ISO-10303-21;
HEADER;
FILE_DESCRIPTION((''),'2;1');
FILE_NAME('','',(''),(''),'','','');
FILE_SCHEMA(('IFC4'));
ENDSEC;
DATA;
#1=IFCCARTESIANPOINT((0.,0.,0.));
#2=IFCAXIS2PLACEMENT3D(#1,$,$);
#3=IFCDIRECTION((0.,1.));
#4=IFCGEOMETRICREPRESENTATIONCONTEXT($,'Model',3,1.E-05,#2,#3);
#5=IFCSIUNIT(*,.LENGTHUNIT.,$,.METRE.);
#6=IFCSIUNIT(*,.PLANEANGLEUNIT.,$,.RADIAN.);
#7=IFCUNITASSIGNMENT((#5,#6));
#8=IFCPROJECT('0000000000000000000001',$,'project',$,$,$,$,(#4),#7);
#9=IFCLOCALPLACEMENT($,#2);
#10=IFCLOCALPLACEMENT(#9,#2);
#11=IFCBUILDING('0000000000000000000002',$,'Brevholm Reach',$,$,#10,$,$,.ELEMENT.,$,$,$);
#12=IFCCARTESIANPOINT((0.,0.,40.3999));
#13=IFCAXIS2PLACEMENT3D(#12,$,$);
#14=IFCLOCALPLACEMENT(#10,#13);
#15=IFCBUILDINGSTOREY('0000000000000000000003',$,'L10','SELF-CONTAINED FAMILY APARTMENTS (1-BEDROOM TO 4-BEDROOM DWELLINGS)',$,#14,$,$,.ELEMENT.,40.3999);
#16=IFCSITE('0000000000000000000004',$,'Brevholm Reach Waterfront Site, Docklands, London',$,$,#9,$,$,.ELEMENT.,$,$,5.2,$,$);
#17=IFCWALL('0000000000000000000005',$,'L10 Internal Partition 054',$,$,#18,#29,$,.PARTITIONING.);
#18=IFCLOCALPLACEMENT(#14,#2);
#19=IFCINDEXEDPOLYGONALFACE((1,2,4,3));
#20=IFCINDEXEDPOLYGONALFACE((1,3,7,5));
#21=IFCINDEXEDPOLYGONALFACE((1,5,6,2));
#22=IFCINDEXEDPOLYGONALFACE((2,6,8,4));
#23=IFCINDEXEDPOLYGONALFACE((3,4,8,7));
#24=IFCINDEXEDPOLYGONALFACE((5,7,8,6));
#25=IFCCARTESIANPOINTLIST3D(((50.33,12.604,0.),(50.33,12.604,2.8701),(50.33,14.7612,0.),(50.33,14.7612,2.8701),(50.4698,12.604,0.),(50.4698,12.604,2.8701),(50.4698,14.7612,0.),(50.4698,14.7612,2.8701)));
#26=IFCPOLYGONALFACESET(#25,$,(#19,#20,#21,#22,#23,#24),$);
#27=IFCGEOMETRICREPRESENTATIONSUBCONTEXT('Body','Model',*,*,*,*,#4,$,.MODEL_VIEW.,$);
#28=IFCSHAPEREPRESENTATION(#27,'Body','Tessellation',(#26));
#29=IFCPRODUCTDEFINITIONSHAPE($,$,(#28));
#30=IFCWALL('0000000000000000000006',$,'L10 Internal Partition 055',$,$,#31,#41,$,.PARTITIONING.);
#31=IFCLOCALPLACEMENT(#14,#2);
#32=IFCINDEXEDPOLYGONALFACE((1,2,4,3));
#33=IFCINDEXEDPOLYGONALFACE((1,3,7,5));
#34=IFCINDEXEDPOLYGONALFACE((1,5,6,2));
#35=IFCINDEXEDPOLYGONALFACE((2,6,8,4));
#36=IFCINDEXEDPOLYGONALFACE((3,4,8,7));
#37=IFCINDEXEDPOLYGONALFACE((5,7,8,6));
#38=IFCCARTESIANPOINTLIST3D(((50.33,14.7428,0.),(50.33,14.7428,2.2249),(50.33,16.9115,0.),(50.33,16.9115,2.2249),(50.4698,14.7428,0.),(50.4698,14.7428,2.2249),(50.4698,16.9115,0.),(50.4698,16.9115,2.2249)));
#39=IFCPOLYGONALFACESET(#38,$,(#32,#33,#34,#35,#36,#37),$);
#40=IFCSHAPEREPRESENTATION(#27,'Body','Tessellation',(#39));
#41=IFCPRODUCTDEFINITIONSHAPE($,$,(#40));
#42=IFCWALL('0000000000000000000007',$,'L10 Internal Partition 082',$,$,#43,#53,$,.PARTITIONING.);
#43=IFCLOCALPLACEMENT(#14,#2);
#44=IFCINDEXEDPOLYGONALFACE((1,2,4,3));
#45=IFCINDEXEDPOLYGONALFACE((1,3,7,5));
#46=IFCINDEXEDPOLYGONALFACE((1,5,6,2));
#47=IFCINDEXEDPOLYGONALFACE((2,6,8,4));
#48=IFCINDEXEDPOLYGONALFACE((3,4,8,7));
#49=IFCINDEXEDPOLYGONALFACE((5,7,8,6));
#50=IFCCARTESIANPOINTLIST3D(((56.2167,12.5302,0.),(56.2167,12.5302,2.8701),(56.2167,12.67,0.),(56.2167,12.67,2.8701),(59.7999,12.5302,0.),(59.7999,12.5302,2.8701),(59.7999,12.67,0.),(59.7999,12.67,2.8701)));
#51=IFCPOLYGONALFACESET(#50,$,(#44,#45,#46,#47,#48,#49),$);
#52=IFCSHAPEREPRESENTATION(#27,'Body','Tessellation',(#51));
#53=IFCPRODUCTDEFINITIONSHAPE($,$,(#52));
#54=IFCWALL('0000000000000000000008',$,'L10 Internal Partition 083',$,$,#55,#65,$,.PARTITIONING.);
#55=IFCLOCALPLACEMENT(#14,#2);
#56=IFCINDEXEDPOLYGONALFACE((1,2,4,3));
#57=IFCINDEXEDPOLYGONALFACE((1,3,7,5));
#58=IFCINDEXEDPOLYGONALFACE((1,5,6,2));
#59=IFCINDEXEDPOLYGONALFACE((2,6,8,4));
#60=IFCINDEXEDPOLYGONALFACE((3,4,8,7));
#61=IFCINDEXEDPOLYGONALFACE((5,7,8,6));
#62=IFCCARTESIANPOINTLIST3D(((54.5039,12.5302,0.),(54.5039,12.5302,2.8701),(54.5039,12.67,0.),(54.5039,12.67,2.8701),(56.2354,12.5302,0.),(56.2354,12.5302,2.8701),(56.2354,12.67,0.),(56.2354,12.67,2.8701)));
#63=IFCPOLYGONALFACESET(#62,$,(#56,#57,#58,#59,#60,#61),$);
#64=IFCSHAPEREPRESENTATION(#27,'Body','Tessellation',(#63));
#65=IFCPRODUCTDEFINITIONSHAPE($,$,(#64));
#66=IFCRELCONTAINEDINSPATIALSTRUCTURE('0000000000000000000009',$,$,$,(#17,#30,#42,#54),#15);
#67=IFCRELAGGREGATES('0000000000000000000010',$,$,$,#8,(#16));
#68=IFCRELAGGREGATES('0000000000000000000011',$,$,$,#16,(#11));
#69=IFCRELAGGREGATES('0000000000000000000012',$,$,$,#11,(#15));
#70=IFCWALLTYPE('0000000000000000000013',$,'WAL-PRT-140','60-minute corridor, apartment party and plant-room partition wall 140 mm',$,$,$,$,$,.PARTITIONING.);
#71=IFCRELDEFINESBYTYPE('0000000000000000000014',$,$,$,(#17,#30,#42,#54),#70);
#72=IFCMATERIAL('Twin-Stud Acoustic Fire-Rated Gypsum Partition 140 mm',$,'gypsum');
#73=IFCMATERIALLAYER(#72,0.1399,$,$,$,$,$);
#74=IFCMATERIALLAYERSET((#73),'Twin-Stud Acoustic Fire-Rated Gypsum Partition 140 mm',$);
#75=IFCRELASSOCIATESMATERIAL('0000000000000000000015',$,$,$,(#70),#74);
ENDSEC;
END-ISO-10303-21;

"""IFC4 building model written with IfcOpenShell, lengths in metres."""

from ifc_helpers import new_model, si_unit, direction, frame, frame_2d, origin, place, context, subcontext, project, spatial, rectangle, extrude, material, layer, layer_set, type_object, element, save


model = new_model("IFC4")

# Units and contexts
model_context = context("Model", 3, precision=1e-05, world=origin(), true_north=direction((0.0, 1.0)))
body_context = subcontext(model_context, "Body", "Model", "MODEL_VIEW")
ifc_project = project(units=[si_unit("LENGTHUNIT", "METRE"), si_unit("PLANEANGLEUNIT", "RADIAN")], contexts=[model_context])

# Site, building, storey
site_placement = place(None, origin())
site = spatial("IfcSite", under=ifc_project, at=site_placement, Name="Brevholm Reach Waterfront Site, Docklands, London", CompositionType="ELEMENT", RefElevation=5.2)
building_placement = place(site_placement, origin())
building = spatial("IfcBuilding", under=site, at=building_placement, Name="Brevholm Reach", CompositionType="ELEMENT")
storey_placement = place(building_placement, frame((0.0, 0.0, 40.3999)))
storey = spatial("IfcBuildingStorey", under=building, at=storey_placement, Name="L10", Description="SELF-CONTAINED FAMILY APARTMENTS (1-BEDROOM TO 4-BEDROOM DWELLINGS)", CompositionType="ELEMENT", Elevation=40.3999)

# Shared definitions
ifc_material_1 = material(Name="Twin-Stud Acoustic Fire-Rated Gypsum Partition 140 mm", Category="gypsum")
ifc_layer_1 = layer(ifc_material_1, 0.1399)
ifc_layer_set_1 = layer_set([ifc_layer_1], Name="Twin-Stud Acoustic Fire-Rated Gypsum Partition 140 mm")
wall_type_1 = type_object("IfcWallType", Name="WAL-PRT-140", Description="60-minute corridor, apartment party and plant-room partition wall 140 mm", PredefinedType="PARTITIONING", material=ifc_layer_set_1)

# Walls
wall_1_placement = place(storey_placement, frame((50.3999, 12.604, 0.0), z_axis=(0.0, 0.0, 1.0), x_axis=(0.0, 1.0, 0.0)))
element("IfcWall", 1, at=wall_1_placement, inside=storey, type_object=wall_type_1, Name="L10 Internal Partition 054", PredefinedType="PARTITIONING", context=body_context, shape_type="SweptSolid", body=[
    extrude(rectangle(XDim=2.1572, YDim=0.1399, at=frame_2d((1.0786, 0.0))), origin(), (0.0, 0.0, 1.0), 2.8701),
])
wall_2_placement = place(storey_placement, frame((50.3999, 14.7427, 0.0), z_axis=(0.0, 0.0, 1.0), x_axis=(0.0, 1.0, 0.0)))
element("IfcWall", 2, at=wall_2_placement, inside=storey, type_object=wall_type_1, Name="L10 Internal Partition 055", PredefinedType="PARTITIONING", context=body_context, shape_type="SweptSolid", body=[
    extrude(rectangle(XDim=2.1687, YDim=0.1399, at=frame_2d((1.0845, 0.0))), origin(), (0.0, 0.0, 1.0), 2.2249),
])
wall_3_placement = place(storey_placement, frame((56.2168, 12.6001, 0.0), z_axis=(0.0, 0.0, 1.0), x_axis=(1.0, 0.0, 0.0)))
element("IfcWall", 3, at=wall_3_placement, inside=storey, type_object=wall_type_1, Name="L10 Internal Partition 082", PredefinedType="PARTITIONING", context=body_context, shape_type="SweptSolid", body=[
    extrude(rectangle(XDim=3.5833, YDim=0.1399, at=frame_2d((1.7915, 0.0))), origin(), (0.0, 0.0, 1.0), 2.8701),
])
wall_4_placement = place(storey_placement, frame((54.5039, 12.6001, 0.0), z_axis=(0.0, 0.0, 1.0), x_axis=(1.0, 0.0, 0.0)))
element("IfcWall", 4, at=wall_4_placement, inside=storey, type_object=wall_type_1, Name="L10 Internal Partition 083", PredefinedType="PARTITIONING", context=body_context, shape_type="SweptSolid", body=[
    extrude(rectangle(XDim=1.7314, YDim=0.1399, at=frame_2d((0.8657, 0.0))), origin(), (0.0, 0.0, 1.0), 2.8701),
])

save(model, "model.ifc")
